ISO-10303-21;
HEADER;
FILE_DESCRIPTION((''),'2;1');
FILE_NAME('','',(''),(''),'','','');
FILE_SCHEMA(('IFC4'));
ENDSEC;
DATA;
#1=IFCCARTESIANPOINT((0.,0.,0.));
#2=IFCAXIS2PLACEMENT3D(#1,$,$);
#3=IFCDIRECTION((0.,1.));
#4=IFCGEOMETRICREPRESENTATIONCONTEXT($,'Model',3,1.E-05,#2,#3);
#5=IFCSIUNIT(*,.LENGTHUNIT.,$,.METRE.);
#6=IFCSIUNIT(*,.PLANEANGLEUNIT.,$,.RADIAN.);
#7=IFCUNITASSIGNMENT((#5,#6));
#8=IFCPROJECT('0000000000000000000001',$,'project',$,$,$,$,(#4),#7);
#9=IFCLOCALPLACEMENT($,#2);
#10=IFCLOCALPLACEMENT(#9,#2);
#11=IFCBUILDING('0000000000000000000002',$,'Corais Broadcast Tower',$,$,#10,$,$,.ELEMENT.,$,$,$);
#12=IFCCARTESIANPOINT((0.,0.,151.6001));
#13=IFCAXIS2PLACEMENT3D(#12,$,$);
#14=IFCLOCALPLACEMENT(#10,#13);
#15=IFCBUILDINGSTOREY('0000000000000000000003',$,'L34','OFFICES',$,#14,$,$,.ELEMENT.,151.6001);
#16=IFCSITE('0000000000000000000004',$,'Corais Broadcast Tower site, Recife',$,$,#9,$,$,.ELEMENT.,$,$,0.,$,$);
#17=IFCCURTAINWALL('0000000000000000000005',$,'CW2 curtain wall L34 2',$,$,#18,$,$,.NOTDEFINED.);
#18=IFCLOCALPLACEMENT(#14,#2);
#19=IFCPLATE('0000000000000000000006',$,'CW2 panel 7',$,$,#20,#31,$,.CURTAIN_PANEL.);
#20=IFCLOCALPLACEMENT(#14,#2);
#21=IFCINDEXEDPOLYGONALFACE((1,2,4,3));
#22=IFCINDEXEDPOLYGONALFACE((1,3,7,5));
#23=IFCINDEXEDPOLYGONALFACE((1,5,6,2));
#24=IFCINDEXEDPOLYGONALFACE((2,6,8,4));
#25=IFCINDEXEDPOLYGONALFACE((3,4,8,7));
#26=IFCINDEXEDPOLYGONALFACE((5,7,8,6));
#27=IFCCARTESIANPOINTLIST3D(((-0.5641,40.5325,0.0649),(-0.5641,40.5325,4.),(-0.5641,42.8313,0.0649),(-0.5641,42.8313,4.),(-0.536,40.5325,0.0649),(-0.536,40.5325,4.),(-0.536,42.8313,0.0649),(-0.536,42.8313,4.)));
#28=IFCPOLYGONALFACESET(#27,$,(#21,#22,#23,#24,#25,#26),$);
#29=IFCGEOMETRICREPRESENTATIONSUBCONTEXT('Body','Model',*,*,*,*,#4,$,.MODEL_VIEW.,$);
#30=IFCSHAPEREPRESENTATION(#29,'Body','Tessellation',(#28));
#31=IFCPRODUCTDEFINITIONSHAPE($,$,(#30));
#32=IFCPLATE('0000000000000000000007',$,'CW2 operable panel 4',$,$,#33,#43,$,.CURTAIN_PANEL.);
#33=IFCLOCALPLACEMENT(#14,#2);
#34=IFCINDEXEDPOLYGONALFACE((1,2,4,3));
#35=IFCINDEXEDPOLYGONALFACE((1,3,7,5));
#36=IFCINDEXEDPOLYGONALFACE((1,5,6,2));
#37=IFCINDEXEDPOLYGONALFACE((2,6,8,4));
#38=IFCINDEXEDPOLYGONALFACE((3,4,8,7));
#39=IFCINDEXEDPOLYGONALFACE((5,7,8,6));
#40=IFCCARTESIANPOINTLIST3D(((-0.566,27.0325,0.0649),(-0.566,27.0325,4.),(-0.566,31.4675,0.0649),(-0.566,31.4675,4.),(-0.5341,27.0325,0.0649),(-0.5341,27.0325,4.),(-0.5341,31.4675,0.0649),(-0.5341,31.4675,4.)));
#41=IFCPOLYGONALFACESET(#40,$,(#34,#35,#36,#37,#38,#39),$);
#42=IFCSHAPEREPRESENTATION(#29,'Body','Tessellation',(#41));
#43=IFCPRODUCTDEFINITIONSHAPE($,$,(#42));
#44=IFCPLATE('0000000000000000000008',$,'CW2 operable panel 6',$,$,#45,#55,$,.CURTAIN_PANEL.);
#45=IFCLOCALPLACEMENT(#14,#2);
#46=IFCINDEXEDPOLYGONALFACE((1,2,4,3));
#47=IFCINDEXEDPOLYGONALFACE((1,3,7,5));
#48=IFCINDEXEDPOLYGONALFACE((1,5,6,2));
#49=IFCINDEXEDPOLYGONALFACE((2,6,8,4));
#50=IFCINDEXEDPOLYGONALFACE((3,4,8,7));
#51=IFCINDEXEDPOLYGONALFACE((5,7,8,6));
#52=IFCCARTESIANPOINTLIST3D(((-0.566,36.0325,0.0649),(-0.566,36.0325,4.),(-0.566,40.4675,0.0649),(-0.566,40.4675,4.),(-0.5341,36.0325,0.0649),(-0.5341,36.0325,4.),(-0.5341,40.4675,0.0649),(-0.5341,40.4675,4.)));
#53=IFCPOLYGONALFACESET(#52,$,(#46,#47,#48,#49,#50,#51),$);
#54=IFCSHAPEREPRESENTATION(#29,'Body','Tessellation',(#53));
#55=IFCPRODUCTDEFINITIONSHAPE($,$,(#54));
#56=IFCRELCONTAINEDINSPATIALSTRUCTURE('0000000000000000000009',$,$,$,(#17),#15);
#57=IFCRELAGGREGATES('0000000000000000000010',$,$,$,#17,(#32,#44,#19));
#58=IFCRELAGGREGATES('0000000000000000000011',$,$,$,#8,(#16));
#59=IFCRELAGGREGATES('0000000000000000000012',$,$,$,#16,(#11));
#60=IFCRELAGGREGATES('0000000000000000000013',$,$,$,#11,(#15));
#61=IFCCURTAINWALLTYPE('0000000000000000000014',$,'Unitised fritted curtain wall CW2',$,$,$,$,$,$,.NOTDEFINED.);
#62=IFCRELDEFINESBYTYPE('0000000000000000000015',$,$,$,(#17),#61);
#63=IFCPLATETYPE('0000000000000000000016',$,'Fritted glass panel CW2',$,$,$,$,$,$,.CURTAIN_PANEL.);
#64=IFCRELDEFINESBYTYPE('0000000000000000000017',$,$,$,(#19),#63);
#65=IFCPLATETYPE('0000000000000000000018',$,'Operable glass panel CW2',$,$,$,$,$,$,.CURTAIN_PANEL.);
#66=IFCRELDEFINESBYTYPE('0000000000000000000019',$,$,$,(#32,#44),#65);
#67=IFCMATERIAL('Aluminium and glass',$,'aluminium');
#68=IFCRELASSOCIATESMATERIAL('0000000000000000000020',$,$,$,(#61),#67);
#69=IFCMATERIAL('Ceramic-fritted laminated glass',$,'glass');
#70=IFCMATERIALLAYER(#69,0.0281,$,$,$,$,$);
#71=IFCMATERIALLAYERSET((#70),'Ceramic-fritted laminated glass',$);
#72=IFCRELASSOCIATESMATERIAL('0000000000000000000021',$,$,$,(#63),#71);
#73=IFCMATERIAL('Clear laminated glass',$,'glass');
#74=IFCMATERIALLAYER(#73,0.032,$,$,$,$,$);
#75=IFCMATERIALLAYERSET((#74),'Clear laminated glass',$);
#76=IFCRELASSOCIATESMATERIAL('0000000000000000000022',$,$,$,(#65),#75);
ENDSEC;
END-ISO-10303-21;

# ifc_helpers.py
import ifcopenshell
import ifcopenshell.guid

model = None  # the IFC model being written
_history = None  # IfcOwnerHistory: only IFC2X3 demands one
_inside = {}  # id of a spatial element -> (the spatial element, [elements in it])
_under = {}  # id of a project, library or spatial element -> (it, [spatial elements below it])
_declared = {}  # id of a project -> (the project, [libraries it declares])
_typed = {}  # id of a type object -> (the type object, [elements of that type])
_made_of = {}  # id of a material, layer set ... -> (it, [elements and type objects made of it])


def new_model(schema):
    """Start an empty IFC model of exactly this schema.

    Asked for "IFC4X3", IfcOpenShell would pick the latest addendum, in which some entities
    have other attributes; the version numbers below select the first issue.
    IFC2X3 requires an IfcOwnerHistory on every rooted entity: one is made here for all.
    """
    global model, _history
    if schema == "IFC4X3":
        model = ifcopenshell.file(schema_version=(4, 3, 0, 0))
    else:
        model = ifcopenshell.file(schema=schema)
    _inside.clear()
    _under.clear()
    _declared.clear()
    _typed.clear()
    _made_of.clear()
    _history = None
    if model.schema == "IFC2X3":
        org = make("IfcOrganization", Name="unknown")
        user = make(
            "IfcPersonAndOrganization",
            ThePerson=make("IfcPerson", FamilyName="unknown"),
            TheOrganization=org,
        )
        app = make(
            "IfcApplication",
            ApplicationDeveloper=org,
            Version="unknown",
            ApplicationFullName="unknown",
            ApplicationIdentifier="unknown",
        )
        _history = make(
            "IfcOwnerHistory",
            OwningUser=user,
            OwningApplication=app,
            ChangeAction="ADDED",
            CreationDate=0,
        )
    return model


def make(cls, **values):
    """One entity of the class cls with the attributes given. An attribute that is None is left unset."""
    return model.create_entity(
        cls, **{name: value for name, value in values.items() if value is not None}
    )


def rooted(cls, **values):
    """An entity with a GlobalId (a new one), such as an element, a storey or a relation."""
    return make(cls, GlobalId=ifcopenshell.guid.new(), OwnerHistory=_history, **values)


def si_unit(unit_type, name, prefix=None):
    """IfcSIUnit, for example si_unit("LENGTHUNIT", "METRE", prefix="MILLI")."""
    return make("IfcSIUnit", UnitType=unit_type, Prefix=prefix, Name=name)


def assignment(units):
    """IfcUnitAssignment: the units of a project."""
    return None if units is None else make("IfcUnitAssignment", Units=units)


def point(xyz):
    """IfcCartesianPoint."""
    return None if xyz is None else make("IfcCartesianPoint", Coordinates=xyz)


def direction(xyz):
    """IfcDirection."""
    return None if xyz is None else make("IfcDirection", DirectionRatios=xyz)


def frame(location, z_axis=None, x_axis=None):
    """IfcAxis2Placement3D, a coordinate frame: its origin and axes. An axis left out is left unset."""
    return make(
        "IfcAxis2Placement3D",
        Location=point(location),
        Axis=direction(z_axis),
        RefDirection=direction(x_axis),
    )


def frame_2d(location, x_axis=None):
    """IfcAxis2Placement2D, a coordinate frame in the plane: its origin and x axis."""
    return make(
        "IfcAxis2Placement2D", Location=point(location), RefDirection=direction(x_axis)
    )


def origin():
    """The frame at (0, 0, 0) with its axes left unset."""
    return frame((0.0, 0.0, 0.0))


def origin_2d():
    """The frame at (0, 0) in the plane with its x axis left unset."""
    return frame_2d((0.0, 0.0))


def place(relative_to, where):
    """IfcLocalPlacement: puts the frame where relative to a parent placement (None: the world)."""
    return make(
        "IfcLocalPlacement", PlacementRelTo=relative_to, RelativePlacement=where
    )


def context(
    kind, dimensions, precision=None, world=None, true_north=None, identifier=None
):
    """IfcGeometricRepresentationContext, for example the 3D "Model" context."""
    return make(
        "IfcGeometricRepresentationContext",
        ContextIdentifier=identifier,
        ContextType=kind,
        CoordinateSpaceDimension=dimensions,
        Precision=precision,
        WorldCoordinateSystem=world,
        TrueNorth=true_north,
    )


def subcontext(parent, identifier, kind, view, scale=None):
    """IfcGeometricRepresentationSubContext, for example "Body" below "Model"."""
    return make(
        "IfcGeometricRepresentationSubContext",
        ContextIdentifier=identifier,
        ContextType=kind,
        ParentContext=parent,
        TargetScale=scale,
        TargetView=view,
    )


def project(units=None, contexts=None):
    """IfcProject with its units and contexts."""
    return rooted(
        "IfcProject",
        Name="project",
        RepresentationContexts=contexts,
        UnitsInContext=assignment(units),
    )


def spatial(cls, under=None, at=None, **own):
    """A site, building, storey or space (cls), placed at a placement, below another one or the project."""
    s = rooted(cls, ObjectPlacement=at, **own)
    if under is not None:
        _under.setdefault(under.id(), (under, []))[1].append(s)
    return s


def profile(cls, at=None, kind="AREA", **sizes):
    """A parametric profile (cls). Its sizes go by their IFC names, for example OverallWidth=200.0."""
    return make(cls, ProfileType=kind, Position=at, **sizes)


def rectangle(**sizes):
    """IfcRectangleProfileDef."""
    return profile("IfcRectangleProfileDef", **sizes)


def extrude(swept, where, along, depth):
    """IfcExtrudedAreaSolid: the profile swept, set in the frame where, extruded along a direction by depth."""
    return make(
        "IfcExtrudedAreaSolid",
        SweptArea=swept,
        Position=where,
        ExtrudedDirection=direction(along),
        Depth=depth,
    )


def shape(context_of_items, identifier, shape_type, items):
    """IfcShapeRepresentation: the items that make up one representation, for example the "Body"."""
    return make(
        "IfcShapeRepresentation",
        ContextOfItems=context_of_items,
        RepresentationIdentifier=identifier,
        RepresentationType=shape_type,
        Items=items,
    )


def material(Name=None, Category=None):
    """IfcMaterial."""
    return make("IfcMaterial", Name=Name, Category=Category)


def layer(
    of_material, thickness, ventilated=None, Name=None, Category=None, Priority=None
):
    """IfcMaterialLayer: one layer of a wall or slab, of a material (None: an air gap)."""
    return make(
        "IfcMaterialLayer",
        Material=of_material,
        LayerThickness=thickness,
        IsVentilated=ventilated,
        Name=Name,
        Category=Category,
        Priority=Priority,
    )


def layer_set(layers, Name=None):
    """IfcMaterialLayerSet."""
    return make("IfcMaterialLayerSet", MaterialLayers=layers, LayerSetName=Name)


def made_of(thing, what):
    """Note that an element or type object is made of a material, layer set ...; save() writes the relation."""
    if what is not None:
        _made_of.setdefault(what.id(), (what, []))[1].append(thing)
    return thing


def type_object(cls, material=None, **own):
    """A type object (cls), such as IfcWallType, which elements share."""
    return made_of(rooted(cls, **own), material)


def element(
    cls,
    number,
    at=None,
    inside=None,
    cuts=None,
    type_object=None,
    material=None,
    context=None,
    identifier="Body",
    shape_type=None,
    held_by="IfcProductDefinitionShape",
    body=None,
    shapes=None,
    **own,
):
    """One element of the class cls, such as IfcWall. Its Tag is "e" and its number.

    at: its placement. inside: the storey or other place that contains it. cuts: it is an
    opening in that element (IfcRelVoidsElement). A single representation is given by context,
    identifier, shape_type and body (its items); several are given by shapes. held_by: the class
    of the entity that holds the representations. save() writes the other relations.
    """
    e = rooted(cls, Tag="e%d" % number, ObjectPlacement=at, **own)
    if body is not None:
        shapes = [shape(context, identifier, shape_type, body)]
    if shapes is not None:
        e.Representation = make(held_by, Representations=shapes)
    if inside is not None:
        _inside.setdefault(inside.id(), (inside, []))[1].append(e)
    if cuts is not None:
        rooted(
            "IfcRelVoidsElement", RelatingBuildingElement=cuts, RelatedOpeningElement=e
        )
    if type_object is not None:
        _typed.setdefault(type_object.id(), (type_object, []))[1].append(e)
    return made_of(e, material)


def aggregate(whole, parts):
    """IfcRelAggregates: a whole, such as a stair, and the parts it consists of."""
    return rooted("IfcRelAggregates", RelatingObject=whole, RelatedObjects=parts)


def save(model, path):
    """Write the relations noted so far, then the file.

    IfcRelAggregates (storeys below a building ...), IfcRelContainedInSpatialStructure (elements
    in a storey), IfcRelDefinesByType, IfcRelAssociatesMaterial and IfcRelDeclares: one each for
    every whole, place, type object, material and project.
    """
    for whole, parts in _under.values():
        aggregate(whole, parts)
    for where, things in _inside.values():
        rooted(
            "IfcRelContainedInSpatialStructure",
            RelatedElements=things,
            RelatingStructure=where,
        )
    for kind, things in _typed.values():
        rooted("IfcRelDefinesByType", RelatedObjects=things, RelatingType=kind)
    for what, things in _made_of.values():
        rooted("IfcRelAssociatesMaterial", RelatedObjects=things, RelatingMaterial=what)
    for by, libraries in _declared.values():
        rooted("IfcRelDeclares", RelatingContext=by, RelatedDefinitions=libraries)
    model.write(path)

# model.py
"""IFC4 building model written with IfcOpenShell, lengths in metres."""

from ifc_helpers import new_model, si_unit, direction, frame, origin, origin_2d, place, context, subcontext, project, spatial, rectangle, extrude, material, layer, layer_set, type_object, element, aggregate, save


model = new_model("IFC4")

# Units and contexts
model_context = context("Model", 3, precision=1e-05, world=origin(), true_north=direction((0.0, 1.0)))
body_context = subcontext(model_context, "Body", "Model", "MODEL_VIEW")
ifc_project = project(units=[si_unit("LENGTHUNIT", "METRE"), si_unit("PLANEANGLEUNIT", "RADIAN")], contexts=[model_context])

# Site, building, storey
site_placement = place(None, origin())
site = spatial("IfcSite", under=ifc_project, at=site_placement, Name="Corais Broadcast Tower site, Recife", CompositionType="ELEMENT", RefElevation=0.0)
building_placement = place(site_placement, origin())
building = spatial("IfcBuilding", under=site, at=building_placement, Name="Corais Broadcast Tower", CompositionType="ELEMENT")
storey_placement = place(building_placement, frame((0.0, 0.0, 151.6001)))
storey = spatial("IfcBuildingStorey", under=building, at=storey_placement, Name="L34", Description="OFFICES", CompositionType="ELEMENT", Elevation=151.6001)

# Curtain wall
ifc_material_1 = material(Name="Aluminium and glass", Category="aluminium")
curtain_wall_type = type_object("IfcCurtainWallType", Name="Unitised fritted curtain wall CW2", PredefinedType="NOTDEFINED", material=ifc_material_1)
curtain_wall_placement = place(storey_placement, origin())
curtain_wall = element("IfcCurtainWall", 1, at=curtain_wall_placement, inside=storey, type_object=curtain_wall_type, Name="CW2 curtain wall L34 2", PredefinedType="NOTDEFINED")

# Plates
ifc_material_2 = material(Name="Ceramic-fritted laminated glass", Category="glass")
ifc_layer_1 = layer(ifc_material_2, 0.0281)
ifc_layer_set_1 = layer_set([ifc_layer_1], Name="Ceramic-fritted laminated glass")
plate_type_1 = type_object("IfcPlateType", Name="Fritted glass panel CW2", PredefinedType="CURTAIN_PANEL", material=ifc_layer_set_1)
plate_1_placement = place(storey_placement, frame((-0.55, 41.6819, 0.0649), z_axis=(0.0, 0.0, 1.0), x_axis=(0.0, 1.0, 0.0)))
plate_1 = element("IfcPlate", 2, at=plate_1_placement, type_object=plate_type_1, Name="CW2 panel 7", PredefinedType="CURTAIN_PANEL", context=body_context, shape_type="SweptSolid", body=[
    extrude(rectangle(XDim=2.2988, YDim=0.0281, at=origin_2d()), origin(), (0.0, 0.0, 1.0), 3.9351),
])
ifc_material_3 = material(Name="Clear laminated glass", Category="glass")
ifc_layer_2 = layer(ifc_material_3, 0.032)
ifc_layer_set_2 = layer_set([ifc_layer_2], Name="Clear laminated glass")
plate_type_2 = type_object("IfcPlateType", Name="Operable glass panel CW2", PredefinedType="CURTAIN_PANEL", material=ifc_layer_set_2)
plate_2_placement = place(storey_placement, frame((-0.55, 29.25, 0.0649), z_axis=(0.0, 0.0, 1.0), x_axis=(0.0, 1.0, 0.0)))
plate_2 = element("IfcPlate", 3, at=plate_2_placement, type_object=plate_type_2, Name="CW2 operable panel 4", PredefinedType="CURTAIN_PANEL", context=body_context, shape_type="SweptSolid", body=[
    extrude(rectangle(XDim=4.4351, YDim=0.032, at=origin_2d()), origin(), (0.0, 0.0, 1.0), 3.9351),
])
plate_3_placement = place(storey_placement, frame((-0.55, 38.25, 0.0649), z_axis=(0.0, 0.0, 1.0), x_axis=(0.0, 1.0, 0.0)))
plate_3 = element("IfcPlate", 4, at=plate_3_placement, type_object=plate_type_2, Name="CW2 operable panel 6", PredefinedType="CURTAIN_PANEL", context=body_context, shape_type="SweptSolid", body=[
    extrude(rectangle(XDim=4.4351, YDim=0.032, at=origin_2d()), origin(), (0.0, 0.0, 1.0), 3.9351),
])
aggregate(curtain_wall, [plate_2, plate_3, plate_1])

save(model, "model.ifc")
